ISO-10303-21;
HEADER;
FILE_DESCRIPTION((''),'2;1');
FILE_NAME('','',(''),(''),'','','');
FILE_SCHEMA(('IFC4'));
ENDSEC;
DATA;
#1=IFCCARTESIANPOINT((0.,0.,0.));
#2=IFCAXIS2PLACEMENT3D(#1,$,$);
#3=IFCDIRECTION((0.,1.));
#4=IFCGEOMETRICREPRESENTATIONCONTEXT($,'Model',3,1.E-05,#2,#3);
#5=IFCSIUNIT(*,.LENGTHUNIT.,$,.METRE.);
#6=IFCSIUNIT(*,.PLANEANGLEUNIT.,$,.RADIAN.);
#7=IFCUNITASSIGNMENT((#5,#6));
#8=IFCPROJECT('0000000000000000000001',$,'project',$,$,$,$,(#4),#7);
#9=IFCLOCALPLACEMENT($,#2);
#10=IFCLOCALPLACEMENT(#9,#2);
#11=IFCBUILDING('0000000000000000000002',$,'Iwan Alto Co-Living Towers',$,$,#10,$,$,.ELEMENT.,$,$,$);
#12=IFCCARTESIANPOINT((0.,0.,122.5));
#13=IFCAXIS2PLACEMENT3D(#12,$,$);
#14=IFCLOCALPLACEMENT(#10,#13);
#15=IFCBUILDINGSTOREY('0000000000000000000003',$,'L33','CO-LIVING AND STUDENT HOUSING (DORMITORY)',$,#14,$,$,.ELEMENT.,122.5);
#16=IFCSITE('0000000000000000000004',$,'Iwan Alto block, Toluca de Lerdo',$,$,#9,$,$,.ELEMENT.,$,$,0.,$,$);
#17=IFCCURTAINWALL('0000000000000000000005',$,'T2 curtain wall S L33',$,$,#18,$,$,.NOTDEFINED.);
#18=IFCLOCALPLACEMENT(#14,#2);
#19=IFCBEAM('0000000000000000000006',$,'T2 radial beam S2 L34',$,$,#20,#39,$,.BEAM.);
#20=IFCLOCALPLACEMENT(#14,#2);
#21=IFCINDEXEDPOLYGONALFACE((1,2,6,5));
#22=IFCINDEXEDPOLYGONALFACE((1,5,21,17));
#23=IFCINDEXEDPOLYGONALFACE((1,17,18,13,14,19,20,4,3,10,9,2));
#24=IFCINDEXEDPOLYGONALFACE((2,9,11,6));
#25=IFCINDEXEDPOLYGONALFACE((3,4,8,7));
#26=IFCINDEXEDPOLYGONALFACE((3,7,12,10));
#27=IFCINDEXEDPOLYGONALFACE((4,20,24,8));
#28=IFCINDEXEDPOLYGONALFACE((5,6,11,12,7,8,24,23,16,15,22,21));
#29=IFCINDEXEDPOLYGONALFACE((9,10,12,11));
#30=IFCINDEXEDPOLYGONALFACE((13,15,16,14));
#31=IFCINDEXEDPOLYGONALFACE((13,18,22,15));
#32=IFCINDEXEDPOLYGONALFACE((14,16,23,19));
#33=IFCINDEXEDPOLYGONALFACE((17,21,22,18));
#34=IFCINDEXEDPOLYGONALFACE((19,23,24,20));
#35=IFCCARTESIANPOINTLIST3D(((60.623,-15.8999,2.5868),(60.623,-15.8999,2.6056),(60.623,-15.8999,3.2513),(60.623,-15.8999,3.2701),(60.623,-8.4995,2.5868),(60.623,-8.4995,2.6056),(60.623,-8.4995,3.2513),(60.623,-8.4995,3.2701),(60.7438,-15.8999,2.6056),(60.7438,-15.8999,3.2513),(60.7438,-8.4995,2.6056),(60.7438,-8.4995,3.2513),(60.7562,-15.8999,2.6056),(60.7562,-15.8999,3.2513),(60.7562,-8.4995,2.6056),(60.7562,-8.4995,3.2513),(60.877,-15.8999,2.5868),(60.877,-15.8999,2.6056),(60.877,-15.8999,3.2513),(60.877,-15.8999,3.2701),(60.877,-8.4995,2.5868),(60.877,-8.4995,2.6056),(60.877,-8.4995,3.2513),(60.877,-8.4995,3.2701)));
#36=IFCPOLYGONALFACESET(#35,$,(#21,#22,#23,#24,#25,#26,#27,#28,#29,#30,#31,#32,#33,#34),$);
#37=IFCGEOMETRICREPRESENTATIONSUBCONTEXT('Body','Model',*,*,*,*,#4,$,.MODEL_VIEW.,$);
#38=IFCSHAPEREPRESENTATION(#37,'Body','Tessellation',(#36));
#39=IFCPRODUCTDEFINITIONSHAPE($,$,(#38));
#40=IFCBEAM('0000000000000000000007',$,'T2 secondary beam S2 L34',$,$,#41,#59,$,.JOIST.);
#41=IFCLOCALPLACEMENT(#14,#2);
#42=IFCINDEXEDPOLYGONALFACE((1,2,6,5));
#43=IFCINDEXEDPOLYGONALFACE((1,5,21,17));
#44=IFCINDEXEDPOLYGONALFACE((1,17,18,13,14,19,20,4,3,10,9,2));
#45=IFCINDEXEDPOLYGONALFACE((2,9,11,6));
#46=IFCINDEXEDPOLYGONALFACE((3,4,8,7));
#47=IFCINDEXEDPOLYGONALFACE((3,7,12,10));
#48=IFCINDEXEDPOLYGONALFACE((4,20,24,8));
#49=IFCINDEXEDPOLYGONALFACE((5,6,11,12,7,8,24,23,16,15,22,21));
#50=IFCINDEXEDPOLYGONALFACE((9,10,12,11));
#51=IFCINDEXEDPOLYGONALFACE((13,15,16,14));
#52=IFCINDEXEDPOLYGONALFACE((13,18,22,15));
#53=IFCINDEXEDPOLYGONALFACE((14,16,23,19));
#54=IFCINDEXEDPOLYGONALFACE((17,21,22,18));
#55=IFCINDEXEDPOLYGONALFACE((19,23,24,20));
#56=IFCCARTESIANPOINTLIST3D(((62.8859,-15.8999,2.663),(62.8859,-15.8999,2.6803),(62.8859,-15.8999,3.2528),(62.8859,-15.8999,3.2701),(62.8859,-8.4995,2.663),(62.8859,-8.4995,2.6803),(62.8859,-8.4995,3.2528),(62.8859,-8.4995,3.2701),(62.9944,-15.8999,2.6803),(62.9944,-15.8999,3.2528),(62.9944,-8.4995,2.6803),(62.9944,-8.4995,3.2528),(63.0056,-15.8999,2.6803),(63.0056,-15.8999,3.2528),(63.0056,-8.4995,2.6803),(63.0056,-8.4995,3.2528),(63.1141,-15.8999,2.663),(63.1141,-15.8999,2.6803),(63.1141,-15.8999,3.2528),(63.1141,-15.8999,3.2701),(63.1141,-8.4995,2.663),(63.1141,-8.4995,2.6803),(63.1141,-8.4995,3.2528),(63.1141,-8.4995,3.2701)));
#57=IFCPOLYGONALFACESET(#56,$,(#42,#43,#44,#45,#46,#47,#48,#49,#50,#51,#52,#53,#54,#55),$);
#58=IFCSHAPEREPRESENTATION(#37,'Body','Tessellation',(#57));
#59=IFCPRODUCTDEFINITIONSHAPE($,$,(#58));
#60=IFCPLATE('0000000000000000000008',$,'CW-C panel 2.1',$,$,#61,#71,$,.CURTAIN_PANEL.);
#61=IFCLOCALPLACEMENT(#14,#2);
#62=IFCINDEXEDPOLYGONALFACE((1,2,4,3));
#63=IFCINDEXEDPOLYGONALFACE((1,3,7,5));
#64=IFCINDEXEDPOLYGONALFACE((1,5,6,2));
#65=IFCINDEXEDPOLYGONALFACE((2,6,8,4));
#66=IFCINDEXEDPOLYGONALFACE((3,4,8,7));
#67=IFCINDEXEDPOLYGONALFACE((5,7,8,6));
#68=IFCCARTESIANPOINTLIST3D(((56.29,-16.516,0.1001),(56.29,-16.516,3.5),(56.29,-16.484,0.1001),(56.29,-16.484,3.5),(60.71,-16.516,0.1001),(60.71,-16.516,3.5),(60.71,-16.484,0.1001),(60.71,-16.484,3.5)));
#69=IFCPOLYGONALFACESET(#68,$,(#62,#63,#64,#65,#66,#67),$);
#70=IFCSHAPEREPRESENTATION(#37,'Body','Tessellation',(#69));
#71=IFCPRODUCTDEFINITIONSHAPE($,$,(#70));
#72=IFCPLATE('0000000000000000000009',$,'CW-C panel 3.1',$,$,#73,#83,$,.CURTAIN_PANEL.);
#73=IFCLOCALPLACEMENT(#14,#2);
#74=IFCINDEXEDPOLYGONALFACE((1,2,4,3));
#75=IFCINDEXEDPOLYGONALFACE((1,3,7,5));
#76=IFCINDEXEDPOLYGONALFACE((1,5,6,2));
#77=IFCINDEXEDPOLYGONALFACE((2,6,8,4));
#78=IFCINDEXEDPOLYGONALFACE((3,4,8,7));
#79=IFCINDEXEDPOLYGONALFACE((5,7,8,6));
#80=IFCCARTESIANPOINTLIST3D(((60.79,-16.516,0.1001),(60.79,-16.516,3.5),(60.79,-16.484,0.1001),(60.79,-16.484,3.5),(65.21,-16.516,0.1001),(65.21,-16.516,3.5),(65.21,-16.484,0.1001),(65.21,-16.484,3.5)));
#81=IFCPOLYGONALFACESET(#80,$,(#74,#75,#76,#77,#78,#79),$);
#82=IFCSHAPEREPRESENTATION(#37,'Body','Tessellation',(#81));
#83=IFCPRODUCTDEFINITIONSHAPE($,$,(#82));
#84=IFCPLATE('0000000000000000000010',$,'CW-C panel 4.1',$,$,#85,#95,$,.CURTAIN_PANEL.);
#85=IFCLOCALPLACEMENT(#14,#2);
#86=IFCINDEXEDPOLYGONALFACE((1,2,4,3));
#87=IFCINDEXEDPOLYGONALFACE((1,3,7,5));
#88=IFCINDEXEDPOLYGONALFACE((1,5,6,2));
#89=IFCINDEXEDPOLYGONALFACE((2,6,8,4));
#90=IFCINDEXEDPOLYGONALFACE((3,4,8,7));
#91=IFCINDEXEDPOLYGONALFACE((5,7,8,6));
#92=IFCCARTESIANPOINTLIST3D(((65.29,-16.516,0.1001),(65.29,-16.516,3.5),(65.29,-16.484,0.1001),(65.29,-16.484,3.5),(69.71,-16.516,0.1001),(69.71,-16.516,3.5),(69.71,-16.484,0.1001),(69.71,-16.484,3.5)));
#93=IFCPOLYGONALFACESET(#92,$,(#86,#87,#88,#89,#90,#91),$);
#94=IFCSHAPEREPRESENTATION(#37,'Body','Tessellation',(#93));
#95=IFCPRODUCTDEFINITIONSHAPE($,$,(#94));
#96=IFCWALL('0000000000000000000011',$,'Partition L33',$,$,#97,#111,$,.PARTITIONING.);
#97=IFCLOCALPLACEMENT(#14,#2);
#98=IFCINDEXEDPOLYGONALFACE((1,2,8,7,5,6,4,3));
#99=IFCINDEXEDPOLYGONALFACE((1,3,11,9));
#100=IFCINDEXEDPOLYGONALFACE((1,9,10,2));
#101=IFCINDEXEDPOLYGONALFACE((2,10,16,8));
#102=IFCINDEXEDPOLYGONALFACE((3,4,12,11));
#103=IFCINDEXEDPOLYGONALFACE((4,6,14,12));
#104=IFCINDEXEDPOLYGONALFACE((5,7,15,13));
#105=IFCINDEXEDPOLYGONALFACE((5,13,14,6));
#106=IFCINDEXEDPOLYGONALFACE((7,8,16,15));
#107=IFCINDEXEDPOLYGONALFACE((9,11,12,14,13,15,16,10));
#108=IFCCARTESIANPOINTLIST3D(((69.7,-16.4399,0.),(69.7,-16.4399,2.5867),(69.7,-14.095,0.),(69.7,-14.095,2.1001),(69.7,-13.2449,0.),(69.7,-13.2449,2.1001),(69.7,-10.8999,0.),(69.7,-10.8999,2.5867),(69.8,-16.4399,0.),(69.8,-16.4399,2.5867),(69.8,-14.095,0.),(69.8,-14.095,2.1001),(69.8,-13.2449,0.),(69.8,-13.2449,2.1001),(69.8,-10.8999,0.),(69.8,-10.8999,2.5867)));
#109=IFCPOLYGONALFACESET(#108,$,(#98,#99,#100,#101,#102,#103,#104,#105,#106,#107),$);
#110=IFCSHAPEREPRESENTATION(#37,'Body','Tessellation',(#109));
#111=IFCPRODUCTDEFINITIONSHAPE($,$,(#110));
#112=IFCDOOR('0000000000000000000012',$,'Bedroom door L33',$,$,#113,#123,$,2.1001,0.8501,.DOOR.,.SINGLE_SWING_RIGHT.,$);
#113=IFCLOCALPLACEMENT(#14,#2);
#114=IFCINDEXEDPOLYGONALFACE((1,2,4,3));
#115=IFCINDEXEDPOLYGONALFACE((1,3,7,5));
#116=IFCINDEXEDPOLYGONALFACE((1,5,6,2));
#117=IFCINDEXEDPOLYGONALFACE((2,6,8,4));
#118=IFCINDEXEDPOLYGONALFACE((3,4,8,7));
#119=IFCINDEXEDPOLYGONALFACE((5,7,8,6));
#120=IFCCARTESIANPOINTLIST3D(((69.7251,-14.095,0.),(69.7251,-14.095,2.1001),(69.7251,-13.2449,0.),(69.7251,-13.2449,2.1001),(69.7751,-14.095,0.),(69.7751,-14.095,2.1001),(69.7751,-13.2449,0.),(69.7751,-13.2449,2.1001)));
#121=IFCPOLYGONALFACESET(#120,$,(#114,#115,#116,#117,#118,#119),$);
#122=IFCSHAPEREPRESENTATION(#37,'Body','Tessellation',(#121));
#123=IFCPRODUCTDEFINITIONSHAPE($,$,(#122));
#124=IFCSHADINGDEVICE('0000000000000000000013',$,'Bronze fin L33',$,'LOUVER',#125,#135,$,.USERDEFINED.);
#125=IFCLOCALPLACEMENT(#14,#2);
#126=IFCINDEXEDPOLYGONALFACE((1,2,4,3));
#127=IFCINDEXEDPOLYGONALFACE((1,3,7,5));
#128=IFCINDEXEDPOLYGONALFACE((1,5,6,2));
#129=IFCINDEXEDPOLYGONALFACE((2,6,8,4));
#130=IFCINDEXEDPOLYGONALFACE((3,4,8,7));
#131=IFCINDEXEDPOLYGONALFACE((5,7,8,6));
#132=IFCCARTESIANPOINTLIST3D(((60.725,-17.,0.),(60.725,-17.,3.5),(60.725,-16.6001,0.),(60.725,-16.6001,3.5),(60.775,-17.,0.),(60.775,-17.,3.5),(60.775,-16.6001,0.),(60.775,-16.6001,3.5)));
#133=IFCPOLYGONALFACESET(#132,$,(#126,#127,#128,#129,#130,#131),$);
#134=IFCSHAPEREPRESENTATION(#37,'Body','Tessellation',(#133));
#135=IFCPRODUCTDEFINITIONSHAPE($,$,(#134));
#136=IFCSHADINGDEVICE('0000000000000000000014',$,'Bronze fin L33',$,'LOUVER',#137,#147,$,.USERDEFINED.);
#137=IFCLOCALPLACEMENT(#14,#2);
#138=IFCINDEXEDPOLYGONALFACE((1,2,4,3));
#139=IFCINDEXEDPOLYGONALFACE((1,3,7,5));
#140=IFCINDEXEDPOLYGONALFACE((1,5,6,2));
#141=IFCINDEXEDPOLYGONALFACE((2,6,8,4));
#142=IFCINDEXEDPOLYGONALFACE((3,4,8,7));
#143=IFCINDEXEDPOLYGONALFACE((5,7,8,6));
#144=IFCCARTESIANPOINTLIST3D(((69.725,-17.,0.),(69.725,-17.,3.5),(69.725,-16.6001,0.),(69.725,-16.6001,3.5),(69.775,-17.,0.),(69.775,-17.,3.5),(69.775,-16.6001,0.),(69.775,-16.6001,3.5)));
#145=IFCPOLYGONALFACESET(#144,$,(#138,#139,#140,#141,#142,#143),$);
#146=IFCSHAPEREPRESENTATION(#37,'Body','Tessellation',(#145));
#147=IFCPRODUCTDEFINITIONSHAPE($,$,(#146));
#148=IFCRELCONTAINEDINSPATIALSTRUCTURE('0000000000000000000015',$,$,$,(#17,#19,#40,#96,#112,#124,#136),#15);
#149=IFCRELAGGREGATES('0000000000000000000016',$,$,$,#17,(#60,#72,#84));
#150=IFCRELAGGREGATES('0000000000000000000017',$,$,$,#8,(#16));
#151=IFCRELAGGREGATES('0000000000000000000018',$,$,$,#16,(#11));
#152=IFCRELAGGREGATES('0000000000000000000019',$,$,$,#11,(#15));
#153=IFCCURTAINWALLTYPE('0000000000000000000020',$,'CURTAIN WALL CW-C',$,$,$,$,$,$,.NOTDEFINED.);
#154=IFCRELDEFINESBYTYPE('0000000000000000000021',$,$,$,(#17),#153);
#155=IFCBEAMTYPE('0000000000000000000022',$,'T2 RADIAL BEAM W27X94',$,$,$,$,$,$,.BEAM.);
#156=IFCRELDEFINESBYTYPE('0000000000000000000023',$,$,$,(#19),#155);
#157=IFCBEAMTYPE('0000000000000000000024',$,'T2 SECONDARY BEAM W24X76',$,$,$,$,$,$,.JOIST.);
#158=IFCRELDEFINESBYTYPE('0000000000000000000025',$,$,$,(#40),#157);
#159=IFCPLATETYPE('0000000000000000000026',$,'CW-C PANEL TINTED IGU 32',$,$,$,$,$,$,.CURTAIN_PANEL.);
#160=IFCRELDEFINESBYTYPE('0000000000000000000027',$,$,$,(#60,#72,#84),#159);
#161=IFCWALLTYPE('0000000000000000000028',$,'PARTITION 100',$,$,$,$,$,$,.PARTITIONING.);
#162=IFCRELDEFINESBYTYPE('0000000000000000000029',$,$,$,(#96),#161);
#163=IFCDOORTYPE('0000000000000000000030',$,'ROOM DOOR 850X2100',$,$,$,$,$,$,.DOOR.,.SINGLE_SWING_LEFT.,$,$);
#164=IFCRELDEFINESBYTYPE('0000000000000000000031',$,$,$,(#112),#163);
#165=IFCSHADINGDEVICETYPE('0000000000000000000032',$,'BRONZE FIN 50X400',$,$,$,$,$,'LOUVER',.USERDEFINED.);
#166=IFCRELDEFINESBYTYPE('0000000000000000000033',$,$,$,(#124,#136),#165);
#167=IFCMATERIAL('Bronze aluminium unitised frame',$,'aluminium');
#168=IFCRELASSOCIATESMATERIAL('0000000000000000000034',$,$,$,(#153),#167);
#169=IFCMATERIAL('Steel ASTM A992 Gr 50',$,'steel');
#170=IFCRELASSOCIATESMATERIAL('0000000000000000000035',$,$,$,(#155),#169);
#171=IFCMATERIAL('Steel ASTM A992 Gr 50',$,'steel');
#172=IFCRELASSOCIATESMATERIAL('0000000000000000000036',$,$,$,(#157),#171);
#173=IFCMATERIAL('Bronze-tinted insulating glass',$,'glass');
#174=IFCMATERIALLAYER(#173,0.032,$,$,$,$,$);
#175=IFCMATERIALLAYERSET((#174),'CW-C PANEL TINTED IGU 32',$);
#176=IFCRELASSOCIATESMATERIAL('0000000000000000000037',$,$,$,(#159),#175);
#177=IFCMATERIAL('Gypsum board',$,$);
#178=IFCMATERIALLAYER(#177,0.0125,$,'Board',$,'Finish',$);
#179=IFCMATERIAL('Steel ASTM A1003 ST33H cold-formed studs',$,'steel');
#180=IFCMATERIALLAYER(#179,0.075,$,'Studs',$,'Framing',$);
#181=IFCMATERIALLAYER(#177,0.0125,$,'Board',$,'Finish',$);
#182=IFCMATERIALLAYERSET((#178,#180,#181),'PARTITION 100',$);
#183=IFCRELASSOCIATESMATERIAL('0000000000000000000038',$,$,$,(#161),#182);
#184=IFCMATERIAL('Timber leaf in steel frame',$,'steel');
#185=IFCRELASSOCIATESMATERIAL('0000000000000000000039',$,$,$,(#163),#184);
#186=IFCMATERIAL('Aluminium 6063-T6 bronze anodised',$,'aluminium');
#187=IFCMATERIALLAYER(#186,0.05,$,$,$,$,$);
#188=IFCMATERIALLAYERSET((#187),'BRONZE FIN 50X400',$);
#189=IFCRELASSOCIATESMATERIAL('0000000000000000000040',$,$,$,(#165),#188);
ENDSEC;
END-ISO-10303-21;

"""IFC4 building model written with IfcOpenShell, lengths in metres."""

from ifc_helpers import new_model, si_unit, direction, frame, frame_2d, origin, origin_2d, place, context, subcontext, project, spatial, rectangle, i_section, extrude, material, layer, layer_set, material_profile, profile_set, type_object, element, fill, aggregate, save


model = new_model("IFC4")

# Units and contexts
model_context = context("Model", 3, precision=1e-05, world=origin(), true_north=direction((0.0, 1.0)))
body_context = subcontext(model_context, "Body", "Model", "MODEL_VIEW")
ifc_project = project(units=[si_unit("LENGTHUNIT", "METRE"), si_unit("PLANEANGLEUNIT", "RADIAN")], contexts=[model_context])

# Site, building, storey
site_placement = place(None, origin())
site = spatial("IfcSite", under=ifc_project, at=site_placement, Name="Iwan Alto block, Toluca de Lerdo", CompositionType="ELEMENT", RefElevation=0.0)
building_placement = place(site_placement, origin())
building = spatial("IfcBuilding", under=site, at=building_placement, Name="Iwan Alto Co-Living Towers", CompositionType="ELEMENT")
storey_placement = place(building_placement, frame((0.0, 0.0, 122.5)))
storey = spatial("IfcBuildingStorey", under=building, at=storey_placement, Name="L33", Description="CO-LIVING AND STUDENT HOUSING (DORMITORY)", CompositionType="ELEMENT", Elevation=122.5)

# Curtain wall
ifc_material_1 = material(Name="Bronze aluminium unitised frame", Category="aluminium")
curtain_wall_type = type_object("IfcCurtainWallType", Name="CURTAIN WALL CW-C", PredefinedType="NOTDEFINED", material=ifc_material_1)
curtain_wall_placement = place(storey_placement, origin())
curtain_wall = element("IfcCurtainWall", 1, at=curtain_wall_placement, inside=storey, type_object=curtain_wall_type, Name="T2 curtain wall S L33", PredefinedType="NOTDEFINED")

# Beams
ifc_material_2 = material(Name="Steel ASTM A992 Gr 50", Category="steel")
ifc_material_profile_1 = material_profile(ifc_material_2, i_section(OverallWidth=0.2539, OverallDepth=0.6833, WebThickness=0.0125, FlangeThickness=0.0188, at=origin_2d()), Name="W27X94")
ifc_profile_set_1 = profile_set([ifc_material_profile_1], Name="Steel ASTM A992 Gr 50")
beam_type_1 = type_object("IfcBeamType", Name="T2 RADIAL BEAM W27X94", PredefinedType="BEAM", material=ifc_profile_set_1)
beam_1_placement = place(storey_placement, frame((60.75, -15.8999, 2.9285), z_axis=(0.0, 1.0, 0.0), x_axis=(-1.0, 0.0, 0.0)))
element("IfcBeam", 2, at=beam_1_placement, inside=storey, type_object=beam_type_1, Name="T2 radial beam S2 L34", PredefinedType="BEAM", context=body_context, shape_type="SweptSolid", body=[
    extrude(i_section(OverallWidth=0.2539, OverallDepth=0.6833, WebThickness=0.0125, FlangeThickness=0.0188, at=origin_2d()), origin(), (0.0, 0.0, 1.0), 7.4004),
])
ifc_material_3 = material(Name="Steel ASTM A992 Gr 50", Category="steel")
ifc_material_profile_2 = material_profile(ifc_material_3, i_section(OverallWidth=0.2283, OverallDepth=0.6072, WebThickness=0.0112, FlangeThickness=0.0173, at=origin_2d()), Name="W24X76")
ifc_profile_set_2 = profile_set([ifc_material_profile_2], Name="Steel ASTM A992 Gr 50")
beam_type_2 = type_object("IfcBeamType", Name="T2 SECONDARY BEAM W24X76", PredefinedType="JOIST", material=ifc_profile_set_2)
beam_2_placement = place(storey_placement, frame((63.0, -15.8999, 2.9666), z_axis=(0.0, 1.0, 0.0), x_axis=(-1.0, 0.0, 0.0)))
element("IfcBeam", 3, at=beam_2_placement, inside=storey, type_object=beam_type_2, Name="T2 secondary beam S2 L34", PredefinedType="JOIST", context=body_context, shape_type="SweptSolid", body=[
    extrude(i_section(OverallWidth=0.2283, OverallDepth=0.6072, WebThickness=0.0112, FlangeThickness=0.0173, at=origin_2d()), origin(), (0.0, 0.0, 1.0), 7.4004),
])

# Plates
ifc_material_4 = material(Name="Bronze-tinted insulating glass", Category="glass")
ifc_layer_1 = layer(ifc_material_4, 0.032)
ifc_layer_set_1 = layer_set([ifc_layer_1], Name="CW-C PANEL TINTED IGU 32")
plate_type = type_object("IfcPlateType", Name="CW-C PANEL TINTED IGU 32", PredefinedType="CURTAIN_PANEL", material=ifc_layer_set_1)
plate_1_placement = place(storey_placement, frame((58.5, -16.5, 0.1001), z_axis=(0.0, 0.0, 1.0), x_axis=(1.0, 0.0, 0.0)))
plate_1 = element("IfcPlate", 4, at=plate_1_placement, type_object=plate_type, Name="CW-C panel 2.1", PredefinedType="CURTAIN_PANEL", context=body_context, shape_type="SweptSolid", body=[
    extrude(rectangle(XDim=4.4199, YDim=0.032, at=origin_2d()), origin(), (0.0, 0.0, 1.0), 3.3999),
])
plate_2_placement = place(storey_placement, frame((63.0, -16.5, 0.1001), z_axis=(0.0, 0.0, 1.0), x_axis=(1.0, 0.0, 0.0)))
plate_2 = element("IfcPlate", 5, at=plate_2_placement, type_object=plate_type, Name="CW-C panel 3.1", PredefinedType="CURTAIN_PANEL", context=body_context, shape_type="SweptSolid", body=[
    extrude(rectangle(XDim=4.4199, YDim=0.032, at=origin_2d()), origin(), (0.0, 0.0, 1.0), 3.3999),
])
plate_3_placement = place(storey_placement, frame((67.5, -16.5, 0.1001), z_axis=(0.0, 0.0, 1.0), x_axis=(1.0, 0.0, 0.0)))
plate_3 = element("IfcPlate", 6, at=plate_3_placement, type_object=plate_type, Name="CW-C panel 4.1", PredefinedType="CURTAIN_PANEL", context=body_context, shape_type="SweptSolid", body=[
    extrude(rectangle(XDim=4.4199, YDim=0.032, at=origin_2d()), origin(), (0.0, 0.0, 1.0), 3.3999),
])
aggregate(curtain_wall, [plate_1, plate_2, plate_3])

# Wall, opening, door
ifc_material_5 = material(Name="Gypsum board")
ifc_layer_2 = layer(ifc_material_5, 0.0125, Name="Board", Category="Finish")
ifc_material_6 = material(Name="Steel ASTM A1003 ST33H cold-formed studs", Category="steel")
ifc_layer_3 = layer(ifc_material_6, 0.075, Name="Studs", Category="Framing")
ifc_layer_4 = layer(ifc_material_5, 0.0125, Name="Board", Category="Finish")
ifc_layer_set_2 = layer_set([ifc_layer_2, ifc_layer_3, ifc_layer_4], Name="PARTITION 100")
wall_type = type_object("IfcWallType", Name="PARTITION 100", PredefinedType="PARTITIONING", material=ifc_layer_set_2)
wall_placement = place(storey_placement, frame((69.75, -16.4399, 0.0), z_axis=(0.0, 0.0, 1.0), x_axis=(0.0, 1.0, 0.0)))
wall = element("IfcWall", 7, at=wall_placement, inside=storey, type_object=wall_type, Name="Partition L33", PredefinedType="PARTITIONING", context=body_context, shape_type="SweptSolid", body=[
    extrude(rectangle(XDim=5.54, YDim=0.1001, at=frame_2d((2.77, 0.0))), origin(), (0.0, 0.0, 1.0), 2.5867),
])
opening_placement = place(wall_placement, frame((2.345, 0.0, 0.0)))
opening = element("IfcOpeningElement", 8, at=opening_placement, cuts=wall, PredefinedType="OPENING", context=body_context, shape_type="SweptSolid", body=[
    extrude(rectangle(XDim=0.8501, YDim=2.1001, at=frame_2d((0.425, 1.05))), frame((0.0, 0.0601, 0.0), z_axis=(0.0, -1.0, 0.0), x_axis=(1.0, 0.0, 0.0)), (0.0, 0.0, 1.0), 0.1201),
])
ifc_material_7 = material(Name="Timber leaf in steel frame", Category="steel")
door_type = type_object("IfcDoorType", Name="ROOM DOOR 850X2100", OperationType="SINGLE_SWING_LEFT", PredefinedType="DOOR", material=ifc_material_7)
door_placement = place(opening_placement, origin())
door = element("IfcDoor", 9, at=door_placement, inside=storey, type_object=door_type, Name="Bedroom door L33", OperationType="SINGLE_SWING_RIGHT", OverallHeight=2.1001, OverallWidth=0.8501, PredefinedType="DOOR", context=body_context, shape_type="SweptSolid", body=[
    extrude(rectangle(XDim=0.8501, YDim=2.1001, at=frame_2d((0.425, 1.05))), frame((0.0, 0.0249, 0.0), z_axis=(0.0, -1.0, 0.0), x_axis=(1.0, 0.0, 0.0)), (0.0, 0.0, 1.0), 0.05),
])
fill(opening, door)

# Shading devices
ifc_material_8 = material(Name="Aluminium 6063-T6 bronze anodised", Category="aluminium")
ifc_layer_5 = layer(ifc_material_8, 0.05)
ifc_layer_set_3 = layer_set([ifc_layer_5], Name="BRONZE FIN 50X400")
shading_device_type = type_object("IfcShadingDeviceType", Name="BRONZE FIN 50X400", ElementType="LOUVER", PredefinedType="USERDEFINED", material=ifc_layer_set_3)
for number, where, z_axis, x_axis, name in (
    (10, (60.75, -16.8, 0.0), (0.0, 0.0, 1.0), (1.0, 0.0, 0.0), "Bronze fin L33"),
    (11, (69.75, -16.8, 0.0), (0.0, 0.0, 1.0), (1.0, 0.0, 0.0), "Bronze fin L33"),
):
    element("IfcShadingDevice", number, at=place(storey_placement, frame(where, z_axis=z_axis, x_axis=x_axis)), inside=storey, type_object=shading_device_type, Name=name, ObjectType="LOUVER", PredefinedType="USERDEFINED", context=body_context, shape_type="SweptSolid", body=[
        extrude(rectangle(XDim=0.05, YDim=0.3999, at=origin_2d()), origin(), (0.0, 0.0, 1.0), 3.5),
    ])

save(model, "model.ifc")
